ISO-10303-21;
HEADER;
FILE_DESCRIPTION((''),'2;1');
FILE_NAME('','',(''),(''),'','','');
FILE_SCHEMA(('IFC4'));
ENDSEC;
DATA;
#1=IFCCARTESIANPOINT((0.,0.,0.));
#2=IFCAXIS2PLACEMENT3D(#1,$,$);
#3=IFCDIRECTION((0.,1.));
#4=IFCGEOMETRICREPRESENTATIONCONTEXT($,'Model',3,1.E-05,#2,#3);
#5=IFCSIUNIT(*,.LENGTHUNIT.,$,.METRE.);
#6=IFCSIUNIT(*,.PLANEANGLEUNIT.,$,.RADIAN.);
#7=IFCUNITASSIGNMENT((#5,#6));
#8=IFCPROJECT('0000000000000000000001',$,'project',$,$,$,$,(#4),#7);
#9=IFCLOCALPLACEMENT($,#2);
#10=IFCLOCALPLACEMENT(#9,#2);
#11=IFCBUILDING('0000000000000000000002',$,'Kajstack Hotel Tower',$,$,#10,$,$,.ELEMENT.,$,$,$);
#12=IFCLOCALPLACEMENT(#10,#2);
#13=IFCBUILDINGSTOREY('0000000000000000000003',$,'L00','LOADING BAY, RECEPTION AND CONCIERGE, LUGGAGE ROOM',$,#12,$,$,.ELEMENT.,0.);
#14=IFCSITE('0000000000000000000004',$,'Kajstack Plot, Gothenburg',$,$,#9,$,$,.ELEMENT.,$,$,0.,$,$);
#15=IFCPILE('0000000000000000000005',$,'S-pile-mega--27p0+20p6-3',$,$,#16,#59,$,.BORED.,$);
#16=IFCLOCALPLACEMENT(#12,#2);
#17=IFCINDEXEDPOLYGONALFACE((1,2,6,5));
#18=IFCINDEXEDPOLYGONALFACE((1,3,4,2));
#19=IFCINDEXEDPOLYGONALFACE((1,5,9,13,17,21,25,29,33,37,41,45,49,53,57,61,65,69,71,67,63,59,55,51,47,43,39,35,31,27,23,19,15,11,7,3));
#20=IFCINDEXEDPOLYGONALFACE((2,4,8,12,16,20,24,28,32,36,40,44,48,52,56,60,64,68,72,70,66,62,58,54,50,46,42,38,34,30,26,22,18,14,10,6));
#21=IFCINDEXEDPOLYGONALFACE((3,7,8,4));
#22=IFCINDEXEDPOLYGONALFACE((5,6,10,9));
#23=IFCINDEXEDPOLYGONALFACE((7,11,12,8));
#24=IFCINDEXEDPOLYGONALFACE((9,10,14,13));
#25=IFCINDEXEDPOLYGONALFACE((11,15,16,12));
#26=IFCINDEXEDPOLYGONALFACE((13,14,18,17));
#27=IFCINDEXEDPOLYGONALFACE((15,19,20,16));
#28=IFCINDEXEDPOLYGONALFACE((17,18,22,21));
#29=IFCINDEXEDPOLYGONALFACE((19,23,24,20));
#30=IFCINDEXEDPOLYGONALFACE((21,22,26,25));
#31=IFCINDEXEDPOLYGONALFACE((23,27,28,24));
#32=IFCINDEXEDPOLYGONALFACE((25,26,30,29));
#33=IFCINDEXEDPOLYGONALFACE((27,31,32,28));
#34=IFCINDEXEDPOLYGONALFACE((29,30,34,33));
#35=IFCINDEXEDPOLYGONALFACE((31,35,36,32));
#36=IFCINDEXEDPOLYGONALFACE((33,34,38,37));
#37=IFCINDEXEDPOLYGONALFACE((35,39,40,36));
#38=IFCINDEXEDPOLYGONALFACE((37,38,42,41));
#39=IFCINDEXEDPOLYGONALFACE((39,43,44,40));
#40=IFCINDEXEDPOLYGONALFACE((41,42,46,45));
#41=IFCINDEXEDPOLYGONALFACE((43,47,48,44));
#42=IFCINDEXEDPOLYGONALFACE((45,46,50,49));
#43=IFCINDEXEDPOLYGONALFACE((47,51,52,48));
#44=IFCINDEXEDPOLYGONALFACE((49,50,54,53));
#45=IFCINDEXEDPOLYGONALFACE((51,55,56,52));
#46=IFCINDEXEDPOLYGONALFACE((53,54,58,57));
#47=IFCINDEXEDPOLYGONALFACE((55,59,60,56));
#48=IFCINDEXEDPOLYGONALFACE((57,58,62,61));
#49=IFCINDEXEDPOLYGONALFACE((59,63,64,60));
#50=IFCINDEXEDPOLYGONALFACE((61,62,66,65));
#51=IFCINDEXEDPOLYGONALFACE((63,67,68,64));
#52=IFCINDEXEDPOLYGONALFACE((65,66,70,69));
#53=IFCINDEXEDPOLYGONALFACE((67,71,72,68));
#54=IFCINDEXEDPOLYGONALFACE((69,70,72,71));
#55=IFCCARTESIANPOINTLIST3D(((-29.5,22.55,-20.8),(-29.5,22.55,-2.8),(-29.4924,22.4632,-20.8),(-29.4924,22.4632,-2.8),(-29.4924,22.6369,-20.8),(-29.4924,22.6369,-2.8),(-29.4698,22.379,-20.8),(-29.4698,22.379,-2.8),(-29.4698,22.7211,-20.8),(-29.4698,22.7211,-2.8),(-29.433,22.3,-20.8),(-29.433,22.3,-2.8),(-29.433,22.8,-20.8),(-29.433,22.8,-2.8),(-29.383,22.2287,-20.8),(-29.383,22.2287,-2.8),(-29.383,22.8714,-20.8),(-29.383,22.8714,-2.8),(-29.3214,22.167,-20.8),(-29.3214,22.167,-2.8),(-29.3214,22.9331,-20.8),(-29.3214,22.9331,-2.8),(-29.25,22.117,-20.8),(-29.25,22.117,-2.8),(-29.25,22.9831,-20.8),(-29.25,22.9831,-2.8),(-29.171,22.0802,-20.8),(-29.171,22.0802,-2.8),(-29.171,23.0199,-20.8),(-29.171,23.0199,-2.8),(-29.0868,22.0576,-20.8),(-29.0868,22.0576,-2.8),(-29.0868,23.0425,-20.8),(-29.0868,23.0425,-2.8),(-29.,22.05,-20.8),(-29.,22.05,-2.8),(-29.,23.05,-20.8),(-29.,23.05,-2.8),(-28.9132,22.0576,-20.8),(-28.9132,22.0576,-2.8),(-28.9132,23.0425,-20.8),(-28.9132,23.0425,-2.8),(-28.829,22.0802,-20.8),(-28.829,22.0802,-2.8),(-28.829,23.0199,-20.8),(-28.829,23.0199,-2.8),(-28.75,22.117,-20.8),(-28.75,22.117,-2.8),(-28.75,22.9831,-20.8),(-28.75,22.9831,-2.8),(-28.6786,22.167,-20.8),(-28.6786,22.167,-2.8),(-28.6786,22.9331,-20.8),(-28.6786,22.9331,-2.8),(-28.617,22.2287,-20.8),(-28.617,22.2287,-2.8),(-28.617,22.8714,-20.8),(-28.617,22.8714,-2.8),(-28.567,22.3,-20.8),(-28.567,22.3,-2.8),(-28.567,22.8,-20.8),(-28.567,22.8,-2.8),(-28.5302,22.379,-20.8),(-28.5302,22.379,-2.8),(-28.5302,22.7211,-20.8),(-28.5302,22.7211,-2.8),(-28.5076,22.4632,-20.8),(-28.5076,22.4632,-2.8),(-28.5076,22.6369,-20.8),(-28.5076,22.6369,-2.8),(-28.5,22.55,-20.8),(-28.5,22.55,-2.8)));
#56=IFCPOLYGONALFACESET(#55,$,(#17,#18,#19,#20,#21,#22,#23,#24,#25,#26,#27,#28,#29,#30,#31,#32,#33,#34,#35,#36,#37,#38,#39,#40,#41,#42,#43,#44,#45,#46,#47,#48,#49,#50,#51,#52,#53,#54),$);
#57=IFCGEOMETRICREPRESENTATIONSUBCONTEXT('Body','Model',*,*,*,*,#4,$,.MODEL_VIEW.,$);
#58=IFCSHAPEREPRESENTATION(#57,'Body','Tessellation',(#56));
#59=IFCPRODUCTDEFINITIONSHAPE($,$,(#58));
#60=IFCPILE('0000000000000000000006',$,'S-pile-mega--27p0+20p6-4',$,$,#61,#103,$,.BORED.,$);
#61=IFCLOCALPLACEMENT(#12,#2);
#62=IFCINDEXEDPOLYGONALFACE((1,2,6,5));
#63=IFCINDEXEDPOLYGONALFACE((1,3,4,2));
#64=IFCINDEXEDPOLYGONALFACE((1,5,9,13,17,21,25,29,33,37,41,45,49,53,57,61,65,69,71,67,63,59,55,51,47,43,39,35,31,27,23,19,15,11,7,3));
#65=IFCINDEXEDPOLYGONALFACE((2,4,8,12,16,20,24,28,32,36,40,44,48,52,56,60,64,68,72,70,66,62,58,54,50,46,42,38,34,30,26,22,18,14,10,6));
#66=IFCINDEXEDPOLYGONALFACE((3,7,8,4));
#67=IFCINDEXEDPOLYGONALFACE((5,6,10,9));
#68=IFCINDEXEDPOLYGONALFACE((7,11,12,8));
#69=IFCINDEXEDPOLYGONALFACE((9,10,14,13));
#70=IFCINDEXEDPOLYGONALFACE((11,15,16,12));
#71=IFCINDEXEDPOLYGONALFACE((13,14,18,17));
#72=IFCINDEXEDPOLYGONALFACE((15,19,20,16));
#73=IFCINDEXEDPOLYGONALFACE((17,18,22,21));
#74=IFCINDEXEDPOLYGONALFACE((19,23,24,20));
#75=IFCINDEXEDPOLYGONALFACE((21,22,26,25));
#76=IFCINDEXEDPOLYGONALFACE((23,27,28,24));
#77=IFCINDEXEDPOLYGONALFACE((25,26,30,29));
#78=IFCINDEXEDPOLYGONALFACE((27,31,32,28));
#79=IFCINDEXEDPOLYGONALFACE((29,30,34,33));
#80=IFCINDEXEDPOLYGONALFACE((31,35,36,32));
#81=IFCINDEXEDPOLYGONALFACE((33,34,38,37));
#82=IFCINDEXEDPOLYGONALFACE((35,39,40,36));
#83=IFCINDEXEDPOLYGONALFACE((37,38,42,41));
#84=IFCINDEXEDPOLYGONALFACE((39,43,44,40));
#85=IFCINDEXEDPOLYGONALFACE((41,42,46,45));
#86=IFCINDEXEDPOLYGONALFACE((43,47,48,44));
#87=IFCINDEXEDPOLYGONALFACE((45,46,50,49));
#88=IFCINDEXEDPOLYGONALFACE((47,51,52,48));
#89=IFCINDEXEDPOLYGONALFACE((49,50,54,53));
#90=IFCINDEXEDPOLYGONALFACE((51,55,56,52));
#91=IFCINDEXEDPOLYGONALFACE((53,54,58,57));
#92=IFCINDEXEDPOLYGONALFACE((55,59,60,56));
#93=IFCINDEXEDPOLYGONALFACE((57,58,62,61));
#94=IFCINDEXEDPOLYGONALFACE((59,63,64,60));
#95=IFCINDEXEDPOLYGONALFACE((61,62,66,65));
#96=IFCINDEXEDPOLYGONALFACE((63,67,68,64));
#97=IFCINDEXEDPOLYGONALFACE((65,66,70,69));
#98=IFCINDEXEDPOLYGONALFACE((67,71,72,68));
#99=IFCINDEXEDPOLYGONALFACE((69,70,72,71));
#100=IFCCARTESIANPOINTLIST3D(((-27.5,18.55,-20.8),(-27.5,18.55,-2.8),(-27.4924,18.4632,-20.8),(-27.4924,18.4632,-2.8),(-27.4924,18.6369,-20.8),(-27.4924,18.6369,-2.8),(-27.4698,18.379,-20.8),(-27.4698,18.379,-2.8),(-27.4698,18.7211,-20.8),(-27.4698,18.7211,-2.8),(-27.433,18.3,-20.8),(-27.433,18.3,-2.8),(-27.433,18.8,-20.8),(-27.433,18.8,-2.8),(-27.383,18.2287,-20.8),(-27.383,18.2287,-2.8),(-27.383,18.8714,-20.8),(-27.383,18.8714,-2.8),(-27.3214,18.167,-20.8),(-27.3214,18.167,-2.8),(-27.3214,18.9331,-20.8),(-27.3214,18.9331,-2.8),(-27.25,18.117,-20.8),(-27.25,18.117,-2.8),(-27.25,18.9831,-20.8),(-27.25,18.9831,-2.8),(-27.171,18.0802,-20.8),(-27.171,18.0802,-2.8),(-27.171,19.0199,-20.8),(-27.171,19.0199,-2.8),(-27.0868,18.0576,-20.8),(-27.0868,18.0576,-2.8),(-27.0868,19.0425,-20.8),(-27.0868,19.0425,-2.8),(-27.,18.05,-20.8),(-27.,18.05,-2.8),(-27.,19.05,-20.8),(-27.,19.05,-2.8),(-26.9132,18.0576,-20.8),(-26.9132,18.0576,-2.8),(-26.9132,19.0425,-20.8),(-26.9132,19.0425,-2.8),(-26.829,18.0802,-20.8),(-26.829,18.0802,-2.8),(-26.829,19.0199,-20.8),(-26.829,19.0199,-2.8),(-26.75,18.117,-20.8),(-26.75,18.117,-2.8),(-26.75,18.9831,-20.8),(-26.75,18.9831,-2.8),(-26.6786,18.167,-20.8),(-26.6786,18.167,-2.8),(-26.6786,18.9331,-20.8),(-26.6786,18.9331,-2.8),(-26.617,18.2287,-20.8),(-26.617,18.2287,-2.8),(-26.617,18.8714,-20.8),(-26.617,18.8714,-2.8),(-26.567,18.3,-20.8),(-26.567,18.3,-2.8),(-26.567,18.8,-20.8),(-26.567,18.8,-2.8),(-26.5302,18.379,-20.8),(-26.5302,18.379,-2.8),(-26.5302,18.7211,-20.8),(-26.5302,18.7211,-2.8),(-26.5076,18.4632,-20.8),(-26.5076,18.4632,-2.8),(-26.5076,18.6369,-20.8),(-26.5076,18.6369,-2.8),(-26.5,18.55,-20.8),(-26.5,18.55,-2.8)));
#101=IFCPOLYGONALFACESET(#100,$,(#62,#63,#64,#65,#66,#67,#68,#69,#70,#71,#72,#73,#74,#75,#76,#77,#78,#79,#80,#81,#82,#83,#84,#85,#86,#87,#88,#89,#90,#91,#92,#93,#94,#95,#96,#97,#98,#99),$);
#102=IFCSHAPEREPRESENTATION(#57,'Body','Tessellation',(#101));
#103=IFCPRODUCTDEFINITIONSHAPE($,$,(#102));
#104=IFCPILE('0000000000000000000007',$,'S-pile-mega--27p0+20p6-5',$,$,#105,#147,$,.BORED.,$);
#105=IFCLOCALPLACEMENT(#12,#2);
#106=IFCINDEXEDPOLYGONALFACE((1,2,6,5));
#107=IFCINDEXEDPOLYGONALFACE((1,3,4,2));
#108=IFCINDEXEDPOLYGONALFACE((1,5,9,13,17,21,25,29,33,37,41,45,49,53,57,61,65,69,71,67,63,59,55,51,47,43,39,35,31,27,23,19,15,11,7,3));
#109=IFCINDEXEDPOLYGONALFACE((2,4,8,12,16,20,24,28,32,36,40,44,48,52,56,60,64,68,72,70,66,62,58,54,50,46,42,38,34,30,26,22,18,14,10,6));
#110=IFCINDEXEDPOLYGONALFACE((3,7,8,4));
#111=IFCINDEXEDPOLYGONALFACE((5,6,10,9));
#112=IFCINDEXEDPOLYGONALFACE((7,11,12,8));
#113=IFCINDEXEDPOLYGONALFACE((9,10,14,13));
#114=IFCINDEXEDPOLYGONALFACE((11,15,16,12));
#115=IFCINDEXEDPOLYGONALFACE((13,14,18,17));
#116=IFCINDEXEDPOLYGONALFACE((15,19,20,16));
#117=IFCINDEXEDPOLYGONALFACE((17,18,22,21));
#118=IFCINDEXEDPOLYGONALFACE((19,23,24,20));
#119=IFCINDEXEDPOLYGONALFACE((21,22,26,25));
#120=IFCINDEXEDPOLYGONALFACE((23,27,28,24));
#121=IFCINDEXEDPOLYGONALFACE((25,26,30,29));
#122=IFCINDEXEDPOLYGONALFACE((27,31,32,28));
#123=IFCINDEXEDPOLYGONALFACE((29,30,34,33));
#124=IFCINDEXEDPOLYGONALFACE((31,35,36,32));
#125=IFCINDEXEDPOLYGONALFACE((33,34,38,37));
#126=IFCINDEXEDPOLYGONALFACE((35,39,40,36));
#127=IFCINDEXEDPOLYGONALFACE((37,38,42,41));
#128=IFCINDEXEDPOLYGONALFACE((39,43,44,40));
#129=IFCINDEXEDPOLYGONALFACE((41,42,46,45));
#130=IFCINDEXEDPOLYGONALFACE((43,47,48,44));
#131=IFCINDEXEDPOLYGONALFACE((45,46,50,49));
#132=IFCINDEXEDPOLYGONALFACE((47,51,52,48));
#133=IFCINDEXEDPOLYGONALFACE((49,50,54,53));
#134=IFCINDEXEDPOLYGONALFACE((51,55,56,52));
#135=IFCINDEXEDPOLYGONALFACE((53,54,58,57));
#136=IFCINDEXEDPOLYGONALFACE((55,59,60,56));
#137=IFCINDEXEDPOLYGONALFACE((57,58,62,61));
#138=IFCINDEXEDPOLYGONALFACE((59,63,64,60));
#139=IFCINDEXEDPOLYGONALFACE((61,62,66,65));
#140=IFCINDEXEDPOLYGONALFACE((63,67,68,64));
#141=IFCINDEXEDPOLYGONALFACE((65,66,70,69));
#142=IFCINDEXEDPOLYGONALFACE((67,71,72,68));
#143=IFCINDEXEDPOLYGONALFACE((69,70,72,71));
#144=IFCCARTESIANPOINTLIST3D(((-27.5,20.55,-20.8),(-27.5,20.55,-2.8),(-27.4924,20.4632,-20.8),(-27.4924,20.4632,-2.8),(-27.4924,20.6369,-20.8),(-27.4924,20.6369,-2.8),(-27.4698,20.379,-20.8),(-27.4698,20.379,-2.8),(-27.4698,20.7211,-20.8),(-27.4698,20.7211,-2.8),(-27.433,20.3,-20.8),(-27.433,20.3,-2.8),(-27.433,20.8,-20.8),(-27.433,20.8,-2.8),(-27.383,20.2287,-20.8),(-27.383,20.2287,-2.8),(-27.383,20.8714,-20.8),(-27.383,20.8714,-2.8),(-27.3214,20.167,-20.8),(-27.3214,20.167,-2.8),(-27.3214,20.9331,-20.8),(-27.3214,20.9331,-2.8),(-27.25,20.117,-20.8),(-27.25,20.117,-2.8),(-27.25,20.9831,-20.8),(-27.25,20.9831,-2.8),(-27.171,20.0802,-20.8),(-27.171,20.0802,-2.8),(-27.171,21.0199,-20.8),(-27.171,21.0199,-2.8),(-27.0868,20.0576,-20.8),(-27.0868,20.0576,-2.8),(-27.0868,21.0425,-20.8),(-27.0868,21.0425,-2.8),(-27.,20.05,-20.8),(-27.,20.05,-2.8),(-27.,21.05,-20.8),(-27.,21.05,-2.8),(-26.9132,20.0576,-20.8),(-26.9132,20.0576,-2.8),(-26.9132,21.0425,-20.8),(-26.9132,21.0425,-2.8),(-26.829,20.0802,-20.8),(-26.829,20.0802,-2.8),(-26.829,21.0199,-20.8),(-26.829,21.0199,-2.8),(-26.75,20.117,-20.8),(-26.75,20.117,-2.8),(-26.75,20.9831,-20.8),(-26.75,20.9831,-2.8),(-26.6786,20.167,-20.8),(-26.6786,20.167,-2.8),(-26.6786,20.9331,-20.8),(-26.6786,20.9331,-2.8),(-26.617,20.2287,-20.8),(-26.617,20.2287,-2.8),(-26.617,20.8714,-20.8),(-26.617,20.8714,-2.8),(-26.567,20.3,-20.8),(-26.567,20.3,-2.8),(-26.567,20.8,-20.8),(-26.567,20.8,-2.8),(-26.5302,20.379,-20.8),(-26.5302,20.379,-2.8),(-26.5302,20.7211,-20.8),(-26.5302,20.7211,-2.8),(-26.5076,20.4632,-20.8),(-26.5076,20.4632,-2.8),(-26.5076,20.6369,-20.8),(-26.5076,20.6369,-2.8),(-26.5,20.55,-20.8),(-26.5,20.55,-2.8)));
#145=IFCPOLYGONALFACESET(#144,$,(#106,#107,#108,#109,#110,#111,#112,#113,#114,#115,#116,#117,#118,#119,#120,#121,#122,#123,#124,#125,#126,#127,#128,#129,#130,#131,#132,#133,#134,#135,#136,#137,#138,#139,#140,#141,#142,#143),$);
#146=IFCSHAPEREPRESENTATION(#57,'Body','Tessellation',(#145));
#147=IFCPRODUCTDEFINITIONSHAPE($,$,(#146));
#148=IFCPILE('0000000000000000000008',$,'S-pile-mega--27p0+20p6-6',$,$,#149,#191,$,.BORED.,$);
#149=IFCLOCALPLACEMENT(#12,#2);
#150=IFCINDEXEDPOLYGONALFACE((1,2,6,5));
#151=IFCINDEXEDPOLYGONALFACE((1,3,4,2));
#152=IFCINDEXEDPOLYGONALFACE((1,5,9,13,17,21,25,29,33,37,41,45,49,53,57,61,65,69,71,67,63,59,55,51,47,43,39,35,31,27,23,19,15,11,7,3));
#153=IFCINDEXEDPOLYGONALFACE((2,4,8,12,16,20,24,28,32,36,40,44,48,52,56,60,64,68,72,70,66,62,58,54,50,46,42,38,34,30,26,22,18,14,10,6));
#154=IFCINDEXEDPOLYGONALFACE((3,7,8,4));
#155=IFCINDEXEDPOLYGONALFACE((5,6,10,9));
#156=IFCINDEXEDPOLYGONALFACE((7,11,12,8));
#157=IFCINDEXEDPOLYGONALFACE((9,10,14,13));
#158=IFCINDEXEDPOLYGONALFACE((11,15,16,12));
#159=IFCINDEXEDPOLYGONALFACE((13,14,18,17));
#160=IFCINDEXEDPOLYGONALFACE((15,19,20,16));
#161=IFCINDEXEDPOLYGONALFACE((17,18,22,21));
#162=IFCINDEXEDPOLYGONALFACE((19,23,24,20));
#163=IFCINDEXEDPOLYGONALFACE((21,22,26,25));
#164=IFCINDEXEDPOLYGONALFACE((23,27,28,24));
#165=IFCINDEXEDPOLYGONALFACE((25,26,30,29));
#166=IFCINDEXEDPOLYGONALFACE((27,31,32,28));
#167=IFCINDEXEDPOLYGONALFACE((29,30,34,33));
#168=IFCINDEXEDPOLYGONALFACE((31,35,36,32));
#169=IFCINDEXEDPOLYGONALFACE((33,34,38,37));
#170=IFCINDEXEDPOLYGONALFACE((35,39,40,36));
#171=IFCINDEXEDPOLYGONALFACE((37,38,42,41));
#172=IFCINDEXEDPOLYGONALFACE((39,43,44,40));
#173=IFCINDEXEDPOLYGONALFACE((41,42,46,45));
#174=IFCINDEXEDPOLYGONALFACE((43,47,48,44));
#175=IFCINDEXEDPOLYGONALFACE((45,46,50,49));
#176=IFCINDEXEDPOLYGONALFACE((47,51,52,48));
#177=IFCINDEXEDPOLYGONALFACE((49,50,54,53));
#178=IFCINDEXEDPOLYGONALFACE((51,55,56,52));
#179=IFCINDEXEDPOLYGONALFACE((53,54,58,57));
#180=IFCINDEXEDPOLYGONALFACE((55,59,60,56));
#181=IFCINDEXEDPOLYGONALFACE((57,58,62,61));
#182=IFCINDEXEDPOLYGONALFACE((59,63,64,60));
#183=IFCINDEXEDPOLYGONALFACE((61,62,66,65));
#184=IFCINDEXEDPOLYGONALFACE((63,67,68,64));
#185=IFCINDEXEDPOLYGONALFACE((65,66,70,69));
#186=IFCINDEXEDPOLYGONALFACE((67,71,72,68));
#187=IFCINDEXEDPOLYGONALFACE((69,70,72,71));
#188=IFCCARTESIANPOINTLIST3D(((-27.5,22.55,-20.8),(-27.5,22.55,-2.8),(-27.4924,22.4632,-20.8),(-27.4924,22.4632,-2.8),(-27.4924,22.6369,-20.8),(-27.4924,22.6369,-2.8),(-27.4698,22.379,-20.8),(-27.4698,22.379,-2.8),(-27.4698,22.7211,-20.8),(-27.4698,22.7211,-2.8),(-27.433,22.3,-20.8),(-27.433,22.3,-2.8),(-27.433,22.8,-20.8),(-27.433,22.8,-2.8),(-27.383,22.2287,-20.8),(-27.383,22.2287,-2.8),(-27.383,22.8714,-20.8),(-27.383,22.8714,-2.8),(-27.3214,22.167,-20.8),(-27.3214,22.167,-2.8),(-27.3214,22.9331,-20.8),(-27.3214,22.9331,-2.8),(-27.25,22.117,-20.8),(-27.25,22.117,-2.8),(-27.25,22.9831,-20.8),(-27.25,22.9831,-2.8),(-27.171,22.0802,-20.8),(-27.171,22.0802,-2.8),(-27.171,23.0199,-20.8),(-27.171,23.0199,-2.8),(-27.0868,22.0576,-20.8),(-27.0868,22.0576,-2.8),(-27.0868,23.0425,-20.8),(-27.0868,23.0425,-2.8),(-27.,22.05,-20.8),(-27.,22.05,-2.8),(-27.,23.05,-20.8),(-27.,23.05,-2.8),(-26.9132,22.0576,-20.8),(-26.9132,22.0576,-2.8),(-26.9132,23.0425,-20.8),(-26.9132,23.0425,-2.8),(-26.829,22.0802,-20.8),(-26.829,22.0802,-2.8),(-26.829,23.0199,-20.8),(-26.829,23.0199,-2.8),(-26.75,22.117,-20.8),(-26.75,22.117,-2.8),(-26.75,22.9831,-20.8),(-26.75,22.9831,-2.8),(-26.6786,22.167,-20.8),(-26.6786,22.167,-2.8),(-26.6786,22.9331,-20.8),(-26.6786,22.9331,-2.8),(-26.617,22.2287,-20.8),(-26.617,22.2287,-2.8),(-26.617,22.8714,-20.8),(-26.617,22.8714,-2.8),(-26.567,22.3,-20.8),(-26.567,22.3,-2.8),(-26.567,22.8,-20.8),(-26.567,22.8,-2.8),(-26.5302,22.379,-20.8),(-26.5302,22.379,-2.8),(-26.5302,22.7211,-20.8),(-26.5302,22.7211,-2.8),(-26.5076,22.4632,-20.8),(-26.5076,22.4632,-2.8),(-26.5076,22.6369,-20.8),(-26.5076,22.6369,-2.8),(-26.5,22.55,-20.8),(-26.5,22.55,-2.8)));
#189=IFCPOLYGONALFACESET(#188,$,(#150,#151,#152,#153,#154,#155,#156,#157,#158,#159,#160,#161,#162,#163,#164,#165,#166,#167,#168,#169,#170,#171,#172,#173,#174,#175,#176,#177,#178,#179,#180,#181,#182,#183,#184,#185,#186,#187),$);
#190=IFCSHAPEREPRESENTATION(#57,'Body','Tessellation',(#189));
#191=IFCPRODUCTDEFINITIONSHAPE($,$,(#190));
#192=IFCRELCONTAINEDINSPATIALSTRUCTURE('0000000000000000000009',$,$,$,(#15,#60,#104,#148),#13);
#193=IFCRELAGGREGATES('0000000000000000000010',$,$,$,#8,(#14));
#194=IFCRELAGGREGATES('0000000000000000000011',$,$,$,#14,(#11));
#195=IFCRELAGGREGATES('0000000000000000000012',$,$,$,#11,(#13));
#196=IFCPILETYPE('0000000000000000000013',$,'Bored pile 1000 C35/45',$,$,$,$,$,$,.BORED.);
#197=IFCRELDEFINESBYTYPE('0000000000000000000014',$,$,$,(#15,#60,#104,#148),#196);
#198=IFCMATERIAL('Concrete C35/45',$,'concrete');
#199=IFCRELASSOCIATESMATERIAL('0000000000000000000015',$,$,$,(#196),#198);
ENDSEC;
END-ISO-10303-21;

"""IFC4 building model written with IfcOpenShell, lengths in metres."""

from ifc_helpers import new_model, si_unit, direction, frame, origin, origin_2d, place, context, subcontext, project, spatial, circle, extrude, material, material_profile, profile_set, type_object, element, save


model = new_model("IFC4")

# Units and contexts
model_context = context("Model", 3, precision=1e-05, world=origin(), true_north=direction((0.0, 1.0)))
body_context = subcontext(model_context, "Body", "Model", "MODEL_VIEW")
ifc_project = project(units=[si_unit("LENGTHUNIT", "METRE"), si_unit("PLANEANGLEUNIT", "RADIAN")], contexts=[model_context])

# Site, building, storey
site_placement = place(None, origin())
site = spatial("IfcSite", under=ifc_project, at=site_placement, Name="Kajstack Plot, Gothenburg", CompositionType="ELEMENT", RefElevation=0.0)
building_placement = place(site_placement, origin())
building = spatial("IfcBuilding", under=site, at=building_placement, Name="Kajstack Hotel Tower", CompositionType="ELEMENT")
storey_placement = place(building_placement, origin())
storey = spatial("IfcBuildingStorey", under=building, at=storey_placement, Name="L00", Description="LOADING BAY, RECEPTION AND CONCIERGE, LUGGAGE ROOM", CompositionType="ELEMENT", Elevation=0.0)

# Piles
ifc_material_1 = material(Name="Concrete C35/45", Category="concrete")
ifc_material_profile_1 = material_profile(ifc_material_1, circle(Radius=0.5, at=origin_2d()), Name="RC round 1000")
ifc_profile_set_1 = profile_set([ifc_material_profile_1], Name="Concrete C35/45")
pile_type_1 = type_object("IfcPileType", Name="Bored pile 1000 C35/45", PredefinedType="BORED", material=ifc_profile_set_1)
for number, where, z_axis, x_axis, name in (
    (1, (-29.0, 22.55, -2.8), (0.0, 0.0, -1.0), (1.0, 0.0, 0.0), "S-pile-mega--27p0+20p6-3"),
    (2, (-27.0, 18.55, -2.8), (0.0, 0.0, -1.0), (1.0, 0.0, 0.0), "S-pile-mega--27p0+20p6-4"),
    (3, (-27.0, 20.55, -2.8), (0.0, 0.0, -1.0), (1.0, 0.0, 0.0), "S-pile-mega--27p0+20p6-5"),
    (4, (-27.0, 22.55, -2.8), (0.0, 0.0, -1.0), (1.0, 0.0, 0.0), "S-pile-mega--27p0+20p6-6"),
):
    element("IfcPile", number, at=place(storey_placement, frame(where, z_axis=z_axis, x_axis=x_axis)), inside=storey, type_object=pile_type_1, Name=name, PredefinedType="BORED", context=body_context, shape_type="SweptSolid", body=[
        extrude(circle(Radius=0.5, at=origin_2d()), origin(), (0.0, 0.0, 1.0), 18.0),
    ])

save(model, "model.ifc")
